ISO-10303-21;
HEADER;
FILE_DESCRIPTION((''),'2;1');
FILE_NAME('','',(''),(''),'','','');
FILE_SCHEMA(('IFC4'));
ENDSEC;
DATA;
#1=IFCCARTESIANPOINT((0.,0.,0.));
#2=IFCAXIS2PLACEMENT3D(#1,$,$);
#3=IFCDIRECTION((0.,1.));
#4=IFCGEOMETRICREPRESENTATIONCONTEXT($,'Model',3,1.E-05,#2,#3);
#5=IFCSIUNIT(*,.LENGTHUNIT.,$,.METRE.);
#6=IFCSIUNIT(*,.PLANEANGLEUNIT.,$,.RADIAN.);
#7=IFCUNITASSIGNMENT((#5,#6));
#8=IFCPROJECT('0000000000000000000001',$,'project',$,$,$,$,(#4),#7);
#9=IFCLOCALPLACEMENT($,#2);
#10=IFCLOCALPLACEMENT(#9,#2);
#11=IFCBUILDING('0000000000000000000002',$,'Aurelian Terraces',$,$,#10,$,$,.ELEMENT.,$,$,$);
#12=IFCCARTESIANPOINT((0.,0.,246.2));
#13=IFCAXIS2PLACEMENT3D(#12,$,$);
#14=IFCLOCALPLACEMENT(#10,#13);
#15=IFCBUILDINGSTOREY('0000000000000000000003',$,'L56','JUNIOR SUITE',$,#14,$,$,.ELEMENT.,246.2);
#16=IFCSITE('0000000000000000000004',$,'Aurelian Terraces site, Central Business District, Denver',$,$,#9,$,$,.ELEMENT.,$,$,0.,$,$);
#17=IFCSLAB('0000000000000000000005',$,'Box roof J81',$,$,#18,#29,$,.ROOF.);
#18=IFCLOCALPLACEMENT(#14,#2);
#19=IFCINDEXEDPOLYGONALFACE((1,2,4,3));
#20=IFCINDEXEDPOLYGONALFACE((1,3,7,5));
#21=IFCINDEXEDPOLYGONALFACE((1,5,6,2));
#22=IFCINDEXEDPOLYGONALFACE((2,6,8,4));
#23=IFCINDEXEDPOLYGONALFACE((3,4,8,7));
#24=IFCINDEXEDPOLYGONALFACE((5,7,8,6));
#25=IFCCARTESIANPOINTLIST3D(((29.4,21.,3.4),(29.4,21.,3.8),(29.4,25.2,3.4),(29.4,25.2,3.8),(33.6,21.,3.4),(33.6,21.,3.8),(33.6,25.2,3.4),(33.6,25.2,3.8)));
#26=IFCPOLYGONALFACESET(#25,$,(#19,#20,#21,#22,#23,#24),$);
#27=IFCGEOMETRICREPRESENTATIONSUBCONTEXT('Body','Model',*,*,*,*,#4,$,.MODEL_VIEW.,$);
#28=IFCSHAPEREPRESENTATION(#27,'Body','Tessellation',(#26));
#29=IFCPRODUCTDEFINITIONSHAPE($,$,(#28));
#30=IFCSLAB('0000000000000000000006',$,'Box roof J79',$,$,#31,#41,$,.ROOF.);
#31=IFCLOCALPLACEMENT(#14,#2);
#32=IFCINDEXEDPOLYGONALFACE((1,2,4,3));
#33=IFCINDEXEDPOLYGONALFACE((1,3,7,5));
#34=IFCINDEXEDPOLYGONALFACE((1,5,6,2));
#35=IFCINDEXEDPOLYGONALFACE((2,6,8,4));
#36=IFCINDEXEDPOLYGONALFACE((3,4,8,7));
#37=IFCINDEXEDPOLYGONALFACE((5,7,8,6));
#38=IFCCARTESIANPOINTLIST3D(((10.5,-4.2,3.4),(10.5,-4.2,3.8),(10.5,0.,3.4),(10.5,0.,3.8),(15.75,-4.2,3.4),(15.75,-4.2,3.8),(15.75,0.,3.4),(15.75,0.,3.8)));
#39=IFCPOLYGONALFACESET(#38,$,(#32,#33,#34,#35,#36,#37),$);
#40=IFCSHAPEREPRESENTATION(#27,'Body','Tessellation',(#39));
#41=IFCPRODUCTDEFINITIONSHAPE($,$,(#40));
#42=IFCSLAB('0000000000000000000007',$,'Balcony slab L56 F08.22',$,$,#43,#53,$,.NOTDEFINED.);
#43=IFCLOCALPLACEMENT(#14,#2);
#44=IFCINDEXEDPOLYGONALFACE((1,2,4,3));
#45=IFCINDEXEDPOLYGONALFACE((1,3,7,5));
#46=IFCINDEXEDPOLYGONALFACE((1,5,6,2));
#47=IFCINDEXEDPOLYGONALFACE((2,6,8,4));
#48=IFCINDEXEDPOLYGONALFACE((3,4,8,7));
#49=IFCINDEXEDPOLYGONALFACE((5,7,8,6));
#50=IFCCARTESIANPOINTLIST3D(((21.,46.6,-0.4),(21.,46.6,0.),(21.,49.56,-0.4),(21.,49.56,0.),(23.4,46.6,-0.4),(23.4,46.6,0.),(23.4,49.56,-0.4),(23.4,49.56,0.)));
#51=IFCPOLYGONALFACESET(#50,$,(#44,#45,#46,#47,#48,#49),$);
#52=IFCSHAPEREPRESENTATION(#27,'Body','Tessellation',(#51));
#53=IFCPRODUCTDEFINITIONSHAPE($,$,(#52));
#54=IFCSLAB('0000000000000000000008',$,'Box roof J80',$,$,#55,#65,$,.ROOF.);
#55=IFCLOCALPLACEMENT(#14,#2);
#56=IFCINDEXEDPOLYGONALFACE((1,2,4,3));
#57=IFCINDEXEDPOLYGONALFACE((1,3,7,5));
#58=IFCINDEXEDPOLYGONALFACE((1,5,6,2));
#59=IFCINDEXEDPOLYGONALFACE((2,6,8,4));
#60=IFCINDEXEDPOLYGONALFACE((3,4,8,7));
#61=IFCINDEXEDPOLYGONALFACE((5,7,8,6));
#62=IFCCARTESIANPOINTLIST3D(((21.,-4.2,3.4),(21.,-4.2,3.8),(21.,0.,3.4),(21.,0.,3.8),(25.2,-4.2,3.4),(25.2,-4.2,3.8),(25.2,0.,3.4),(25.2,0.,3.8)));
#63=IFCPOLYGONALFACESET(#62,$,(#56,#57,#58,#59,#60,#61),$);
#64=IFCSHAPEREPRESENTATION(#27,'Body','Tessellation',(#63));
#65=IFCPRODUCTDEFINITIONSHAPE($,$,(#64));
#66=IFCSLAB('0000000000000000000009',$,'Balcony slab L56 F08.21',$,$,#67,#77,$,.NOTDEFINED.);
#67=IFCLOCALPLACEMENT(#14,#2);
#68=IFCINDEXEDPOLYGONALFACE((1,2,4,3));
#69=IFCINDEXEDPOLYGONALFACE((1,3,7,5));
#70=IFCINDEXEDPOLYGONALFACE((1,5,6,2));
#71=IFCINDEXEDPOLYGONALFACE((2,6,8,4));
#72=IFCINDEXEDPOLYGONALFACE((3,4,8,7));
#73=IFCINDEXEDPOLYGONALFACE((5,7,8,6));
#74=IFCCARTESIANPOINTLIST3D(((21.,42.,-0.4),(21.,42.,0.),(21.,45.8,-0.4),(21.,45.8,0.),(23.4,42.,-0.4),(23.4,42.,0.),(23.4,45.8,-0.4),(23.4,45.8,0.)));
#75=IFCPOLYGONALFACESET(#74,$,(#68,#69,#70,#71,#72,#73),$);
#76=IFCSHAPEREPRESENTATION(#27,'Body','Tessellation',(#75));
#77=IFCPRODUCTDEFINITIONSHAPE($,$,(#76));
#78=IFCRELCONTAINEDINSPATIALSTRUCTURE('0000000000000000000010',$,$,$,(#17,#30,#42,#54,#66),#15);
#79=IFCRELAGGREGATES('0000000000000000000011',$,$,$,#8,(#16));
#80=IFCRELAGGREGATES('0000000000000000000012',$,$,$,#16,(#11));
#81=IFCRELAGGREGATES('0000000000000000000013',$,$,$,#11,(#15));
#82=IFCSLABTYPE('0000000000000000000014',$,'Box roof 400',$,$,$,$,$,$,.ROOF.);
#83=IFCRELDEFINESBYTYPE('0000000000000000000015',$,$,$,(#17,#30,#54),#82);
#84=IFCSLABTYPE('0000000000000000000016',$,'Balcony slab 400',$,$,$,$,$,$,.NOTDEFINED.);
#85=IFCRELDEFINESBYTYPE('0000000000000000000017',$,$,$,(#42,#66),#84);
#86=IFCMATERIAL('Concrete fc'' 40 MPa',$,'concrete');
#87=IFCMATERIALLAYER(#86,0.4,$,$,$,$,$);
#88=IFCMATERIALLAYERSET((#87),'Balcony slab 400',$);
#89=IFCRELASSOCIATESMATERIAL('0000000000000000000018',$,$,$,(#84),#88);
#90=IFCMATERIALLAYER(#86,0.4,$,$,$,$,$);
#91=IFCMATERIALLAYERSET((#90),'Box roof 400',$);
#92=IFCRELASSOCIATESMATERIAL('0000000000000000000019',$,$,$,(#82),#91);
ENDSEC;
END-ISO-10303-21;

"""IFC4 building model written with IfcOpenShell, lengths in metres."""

from ifc_helpers import new_model, si_unit, direction, frame, origin, place, context, subcontext, project, spatial, polyline, outline, extrude, source, transform, mapped, material, layer, layer_set, type_object, element, save


model = new_model("IFC4")

# Units and contexts
model_context = context("Model", 3, precision=1e-05, world=origin(), true_north=direction((0.0, 1.0)))
body_context = subcontext(model_context, "Body", "Model", "MODEL_VIEW")
ifc_project = project(units=[si_unit("LENGTHUNIT", "METRE"), si_unit("PLANEANGLEUNIT", "RADIAN")], contexts=[model_context])

# Site, building, storey
site_placement = place(None, origin())
site = spatial("IfcSite", under=ifc_project, at=site_placement, Name="Aurelian Terraces site, Central Business District, Denver", CompositionType="ELEMENT", RefElevation=0.0)
building_placement = place(site_placement, origin())
building = spatial("IfcBuilding", under=site, at=building_placement, Name="Aurelian Terraces", CompositionType="ELEMENT")
storey_placement = place(building_placement, frame((0.0, 0.0, 246.2)))
storey = spatial("IfcBuildingStorey", under=building, at=storey_placement, Name="L56", Description="JUNIOR SUITE", CompositionType="ELEMENT", Elevation=246.2)

# Slabs
ifc_material_1 = material(Name="Concrete fc' 40 MPa", Category="concrete")
ifc_layer_1 = layer(ifc_material_1, 0.4)
ifc_layer_set_1 = layer_set([ifc_layer_1], Name="Balcony slab 400")
slab_type_1 = type_object("IfcSlabType", Name="Balcony slab 400", PredefinedType="NOTDEFINED", material=ifc_layer_set_1)
ifc_layer_2 = layer(ifc_material_1, 0.4)
ifc_layer_set_2 = layer_set([ifc_layer_2], Name="Box roof 400")
slab_type_2 = type_object("IfcSlabType", Name="Box roof 400", PredefinedType="ROOF", material=ifc_layer_set_2)
shared_shape_1 = source(origin(), body_context, "Body", "SweptSolid", [
    extrude(outline(polyline([(33.6, 25.2), (29.4, 25.2), (29.4, 21.0), (33.6, 21.0), (33.6, 25.2)])), origin(), (0.0, 0.0, 1.0), 0.4),
])
slab_1_placement = place(storey_placement, frame((0.0, 0.0, 3.4)))
element("IfcSlab", 1, at=slab_1_placement, inside=storey, type_object=slab_type_2, Name="Box roof J81", PredefinedType="ROOF", context=body_context, shape_type="MappedRepresentation", body=[
    mapped(shared_shape_1, transform((0.0, 0.0, 0.0), scale=1.0)),
])
shared_shape_2 = source(origin(), body_context, "Body", "SweptSolid", [
    extrude(outline(polyline([(10.5, -4.2), (15.75, -4.2), (15.75, 0.0), (10.5, 0.0), (10.5, -4.2)])), origin(), (0.0, 0.0, 1.0), 0.4),
])
slab_2_placement = place(storey_placement, frame((0.0, 0.0, 3.4)))
element("IfcSlab", 2, at=slab_2_placement, inside=storey, type_object=slab_type_2, Name="Box roof J79", PredefinedType="ROOF", context=body_context, shape_type="MappedRepresentation", body=[
    mapped(shared_shape_2, transform((0.0, 0.0, 0.0), scale=1.0)),
])
shared_shape_3 = source(origin(), body_context, "Body", "SweptSolid", [
    extrude(outline(polyline([(21.0, 46.6), (21.0, 49.56), (23.4, 49.56), (23.4, 46.6), (21.0, 46.6)])), origin(), (0.0, 0.0, 1.0), 0.4),
])
slab_3_placement = place(storey_placement, frame((0.0, 0.0, -0.4)))
element("IfcSlab", 3, at=slab_3_placement, inside=storey, type_object=slab_type_1, Name="Balcony slab L56 F08.22", PredefinedType="NOTDEFINED", context=body_context, shape_type="MappedRepresentation", body=[
    mapped(shared_shape_3, transform((0.0, 0.0, 0.0), scale=1.0)),
])
shared_shape_4 = source(origin(), body_context, "Body", "SweptSolid", [
    extrude(outline(polyline([(21.0, -4.2), (25.2, -4.2), (25.2, 0.0), (21.0, 0.0), (21.0, -4.2)])), origin(), (0.0, 0.0, 1.0), 0.4),
])
slab_4_placement = place(storey_placement, frame((0.0, 0.0, 3.4)))
element("IfcSlab", 4, at=slab_4_placement, inside=storey, type_object=slab_type_2, Name="Box roof J80", PredefinedType="ROOF", context=body_context, shape_type="MappedRepresentation", body=[
    mapped(shared_shape_4, transform((0.0, 0.0, 0.0), scale=1.0)),
])
shared_shape_5 = source(origin(), body_context, "Body", "SweptSolid", [
    extrude(outline(polyline([(21.0, 42.0), (21.0, 45.8), (23.4, 45.8), (23.4, 42.0), (21.0, 42.0)])), origin(), (0.0, 0.0, 1.0), 0.4),
])
slab_5_placement = place(storey_placement, frame((0.0, 0.0, -0.4)))
element("IfcSlab", 5, at=slab_5_placement, inside=storey, type_object=slab_type_1, Name="Balcony slab L56 F08.21", PredefinedType="NOTDEFINED", context=body_context, shape_type="MappedRepresentation", body=[
    mapped(shared_shape_5, transform((0.0, 0.0, 0.0), scale=1.0)),
])

save(model, "model.ifc")
